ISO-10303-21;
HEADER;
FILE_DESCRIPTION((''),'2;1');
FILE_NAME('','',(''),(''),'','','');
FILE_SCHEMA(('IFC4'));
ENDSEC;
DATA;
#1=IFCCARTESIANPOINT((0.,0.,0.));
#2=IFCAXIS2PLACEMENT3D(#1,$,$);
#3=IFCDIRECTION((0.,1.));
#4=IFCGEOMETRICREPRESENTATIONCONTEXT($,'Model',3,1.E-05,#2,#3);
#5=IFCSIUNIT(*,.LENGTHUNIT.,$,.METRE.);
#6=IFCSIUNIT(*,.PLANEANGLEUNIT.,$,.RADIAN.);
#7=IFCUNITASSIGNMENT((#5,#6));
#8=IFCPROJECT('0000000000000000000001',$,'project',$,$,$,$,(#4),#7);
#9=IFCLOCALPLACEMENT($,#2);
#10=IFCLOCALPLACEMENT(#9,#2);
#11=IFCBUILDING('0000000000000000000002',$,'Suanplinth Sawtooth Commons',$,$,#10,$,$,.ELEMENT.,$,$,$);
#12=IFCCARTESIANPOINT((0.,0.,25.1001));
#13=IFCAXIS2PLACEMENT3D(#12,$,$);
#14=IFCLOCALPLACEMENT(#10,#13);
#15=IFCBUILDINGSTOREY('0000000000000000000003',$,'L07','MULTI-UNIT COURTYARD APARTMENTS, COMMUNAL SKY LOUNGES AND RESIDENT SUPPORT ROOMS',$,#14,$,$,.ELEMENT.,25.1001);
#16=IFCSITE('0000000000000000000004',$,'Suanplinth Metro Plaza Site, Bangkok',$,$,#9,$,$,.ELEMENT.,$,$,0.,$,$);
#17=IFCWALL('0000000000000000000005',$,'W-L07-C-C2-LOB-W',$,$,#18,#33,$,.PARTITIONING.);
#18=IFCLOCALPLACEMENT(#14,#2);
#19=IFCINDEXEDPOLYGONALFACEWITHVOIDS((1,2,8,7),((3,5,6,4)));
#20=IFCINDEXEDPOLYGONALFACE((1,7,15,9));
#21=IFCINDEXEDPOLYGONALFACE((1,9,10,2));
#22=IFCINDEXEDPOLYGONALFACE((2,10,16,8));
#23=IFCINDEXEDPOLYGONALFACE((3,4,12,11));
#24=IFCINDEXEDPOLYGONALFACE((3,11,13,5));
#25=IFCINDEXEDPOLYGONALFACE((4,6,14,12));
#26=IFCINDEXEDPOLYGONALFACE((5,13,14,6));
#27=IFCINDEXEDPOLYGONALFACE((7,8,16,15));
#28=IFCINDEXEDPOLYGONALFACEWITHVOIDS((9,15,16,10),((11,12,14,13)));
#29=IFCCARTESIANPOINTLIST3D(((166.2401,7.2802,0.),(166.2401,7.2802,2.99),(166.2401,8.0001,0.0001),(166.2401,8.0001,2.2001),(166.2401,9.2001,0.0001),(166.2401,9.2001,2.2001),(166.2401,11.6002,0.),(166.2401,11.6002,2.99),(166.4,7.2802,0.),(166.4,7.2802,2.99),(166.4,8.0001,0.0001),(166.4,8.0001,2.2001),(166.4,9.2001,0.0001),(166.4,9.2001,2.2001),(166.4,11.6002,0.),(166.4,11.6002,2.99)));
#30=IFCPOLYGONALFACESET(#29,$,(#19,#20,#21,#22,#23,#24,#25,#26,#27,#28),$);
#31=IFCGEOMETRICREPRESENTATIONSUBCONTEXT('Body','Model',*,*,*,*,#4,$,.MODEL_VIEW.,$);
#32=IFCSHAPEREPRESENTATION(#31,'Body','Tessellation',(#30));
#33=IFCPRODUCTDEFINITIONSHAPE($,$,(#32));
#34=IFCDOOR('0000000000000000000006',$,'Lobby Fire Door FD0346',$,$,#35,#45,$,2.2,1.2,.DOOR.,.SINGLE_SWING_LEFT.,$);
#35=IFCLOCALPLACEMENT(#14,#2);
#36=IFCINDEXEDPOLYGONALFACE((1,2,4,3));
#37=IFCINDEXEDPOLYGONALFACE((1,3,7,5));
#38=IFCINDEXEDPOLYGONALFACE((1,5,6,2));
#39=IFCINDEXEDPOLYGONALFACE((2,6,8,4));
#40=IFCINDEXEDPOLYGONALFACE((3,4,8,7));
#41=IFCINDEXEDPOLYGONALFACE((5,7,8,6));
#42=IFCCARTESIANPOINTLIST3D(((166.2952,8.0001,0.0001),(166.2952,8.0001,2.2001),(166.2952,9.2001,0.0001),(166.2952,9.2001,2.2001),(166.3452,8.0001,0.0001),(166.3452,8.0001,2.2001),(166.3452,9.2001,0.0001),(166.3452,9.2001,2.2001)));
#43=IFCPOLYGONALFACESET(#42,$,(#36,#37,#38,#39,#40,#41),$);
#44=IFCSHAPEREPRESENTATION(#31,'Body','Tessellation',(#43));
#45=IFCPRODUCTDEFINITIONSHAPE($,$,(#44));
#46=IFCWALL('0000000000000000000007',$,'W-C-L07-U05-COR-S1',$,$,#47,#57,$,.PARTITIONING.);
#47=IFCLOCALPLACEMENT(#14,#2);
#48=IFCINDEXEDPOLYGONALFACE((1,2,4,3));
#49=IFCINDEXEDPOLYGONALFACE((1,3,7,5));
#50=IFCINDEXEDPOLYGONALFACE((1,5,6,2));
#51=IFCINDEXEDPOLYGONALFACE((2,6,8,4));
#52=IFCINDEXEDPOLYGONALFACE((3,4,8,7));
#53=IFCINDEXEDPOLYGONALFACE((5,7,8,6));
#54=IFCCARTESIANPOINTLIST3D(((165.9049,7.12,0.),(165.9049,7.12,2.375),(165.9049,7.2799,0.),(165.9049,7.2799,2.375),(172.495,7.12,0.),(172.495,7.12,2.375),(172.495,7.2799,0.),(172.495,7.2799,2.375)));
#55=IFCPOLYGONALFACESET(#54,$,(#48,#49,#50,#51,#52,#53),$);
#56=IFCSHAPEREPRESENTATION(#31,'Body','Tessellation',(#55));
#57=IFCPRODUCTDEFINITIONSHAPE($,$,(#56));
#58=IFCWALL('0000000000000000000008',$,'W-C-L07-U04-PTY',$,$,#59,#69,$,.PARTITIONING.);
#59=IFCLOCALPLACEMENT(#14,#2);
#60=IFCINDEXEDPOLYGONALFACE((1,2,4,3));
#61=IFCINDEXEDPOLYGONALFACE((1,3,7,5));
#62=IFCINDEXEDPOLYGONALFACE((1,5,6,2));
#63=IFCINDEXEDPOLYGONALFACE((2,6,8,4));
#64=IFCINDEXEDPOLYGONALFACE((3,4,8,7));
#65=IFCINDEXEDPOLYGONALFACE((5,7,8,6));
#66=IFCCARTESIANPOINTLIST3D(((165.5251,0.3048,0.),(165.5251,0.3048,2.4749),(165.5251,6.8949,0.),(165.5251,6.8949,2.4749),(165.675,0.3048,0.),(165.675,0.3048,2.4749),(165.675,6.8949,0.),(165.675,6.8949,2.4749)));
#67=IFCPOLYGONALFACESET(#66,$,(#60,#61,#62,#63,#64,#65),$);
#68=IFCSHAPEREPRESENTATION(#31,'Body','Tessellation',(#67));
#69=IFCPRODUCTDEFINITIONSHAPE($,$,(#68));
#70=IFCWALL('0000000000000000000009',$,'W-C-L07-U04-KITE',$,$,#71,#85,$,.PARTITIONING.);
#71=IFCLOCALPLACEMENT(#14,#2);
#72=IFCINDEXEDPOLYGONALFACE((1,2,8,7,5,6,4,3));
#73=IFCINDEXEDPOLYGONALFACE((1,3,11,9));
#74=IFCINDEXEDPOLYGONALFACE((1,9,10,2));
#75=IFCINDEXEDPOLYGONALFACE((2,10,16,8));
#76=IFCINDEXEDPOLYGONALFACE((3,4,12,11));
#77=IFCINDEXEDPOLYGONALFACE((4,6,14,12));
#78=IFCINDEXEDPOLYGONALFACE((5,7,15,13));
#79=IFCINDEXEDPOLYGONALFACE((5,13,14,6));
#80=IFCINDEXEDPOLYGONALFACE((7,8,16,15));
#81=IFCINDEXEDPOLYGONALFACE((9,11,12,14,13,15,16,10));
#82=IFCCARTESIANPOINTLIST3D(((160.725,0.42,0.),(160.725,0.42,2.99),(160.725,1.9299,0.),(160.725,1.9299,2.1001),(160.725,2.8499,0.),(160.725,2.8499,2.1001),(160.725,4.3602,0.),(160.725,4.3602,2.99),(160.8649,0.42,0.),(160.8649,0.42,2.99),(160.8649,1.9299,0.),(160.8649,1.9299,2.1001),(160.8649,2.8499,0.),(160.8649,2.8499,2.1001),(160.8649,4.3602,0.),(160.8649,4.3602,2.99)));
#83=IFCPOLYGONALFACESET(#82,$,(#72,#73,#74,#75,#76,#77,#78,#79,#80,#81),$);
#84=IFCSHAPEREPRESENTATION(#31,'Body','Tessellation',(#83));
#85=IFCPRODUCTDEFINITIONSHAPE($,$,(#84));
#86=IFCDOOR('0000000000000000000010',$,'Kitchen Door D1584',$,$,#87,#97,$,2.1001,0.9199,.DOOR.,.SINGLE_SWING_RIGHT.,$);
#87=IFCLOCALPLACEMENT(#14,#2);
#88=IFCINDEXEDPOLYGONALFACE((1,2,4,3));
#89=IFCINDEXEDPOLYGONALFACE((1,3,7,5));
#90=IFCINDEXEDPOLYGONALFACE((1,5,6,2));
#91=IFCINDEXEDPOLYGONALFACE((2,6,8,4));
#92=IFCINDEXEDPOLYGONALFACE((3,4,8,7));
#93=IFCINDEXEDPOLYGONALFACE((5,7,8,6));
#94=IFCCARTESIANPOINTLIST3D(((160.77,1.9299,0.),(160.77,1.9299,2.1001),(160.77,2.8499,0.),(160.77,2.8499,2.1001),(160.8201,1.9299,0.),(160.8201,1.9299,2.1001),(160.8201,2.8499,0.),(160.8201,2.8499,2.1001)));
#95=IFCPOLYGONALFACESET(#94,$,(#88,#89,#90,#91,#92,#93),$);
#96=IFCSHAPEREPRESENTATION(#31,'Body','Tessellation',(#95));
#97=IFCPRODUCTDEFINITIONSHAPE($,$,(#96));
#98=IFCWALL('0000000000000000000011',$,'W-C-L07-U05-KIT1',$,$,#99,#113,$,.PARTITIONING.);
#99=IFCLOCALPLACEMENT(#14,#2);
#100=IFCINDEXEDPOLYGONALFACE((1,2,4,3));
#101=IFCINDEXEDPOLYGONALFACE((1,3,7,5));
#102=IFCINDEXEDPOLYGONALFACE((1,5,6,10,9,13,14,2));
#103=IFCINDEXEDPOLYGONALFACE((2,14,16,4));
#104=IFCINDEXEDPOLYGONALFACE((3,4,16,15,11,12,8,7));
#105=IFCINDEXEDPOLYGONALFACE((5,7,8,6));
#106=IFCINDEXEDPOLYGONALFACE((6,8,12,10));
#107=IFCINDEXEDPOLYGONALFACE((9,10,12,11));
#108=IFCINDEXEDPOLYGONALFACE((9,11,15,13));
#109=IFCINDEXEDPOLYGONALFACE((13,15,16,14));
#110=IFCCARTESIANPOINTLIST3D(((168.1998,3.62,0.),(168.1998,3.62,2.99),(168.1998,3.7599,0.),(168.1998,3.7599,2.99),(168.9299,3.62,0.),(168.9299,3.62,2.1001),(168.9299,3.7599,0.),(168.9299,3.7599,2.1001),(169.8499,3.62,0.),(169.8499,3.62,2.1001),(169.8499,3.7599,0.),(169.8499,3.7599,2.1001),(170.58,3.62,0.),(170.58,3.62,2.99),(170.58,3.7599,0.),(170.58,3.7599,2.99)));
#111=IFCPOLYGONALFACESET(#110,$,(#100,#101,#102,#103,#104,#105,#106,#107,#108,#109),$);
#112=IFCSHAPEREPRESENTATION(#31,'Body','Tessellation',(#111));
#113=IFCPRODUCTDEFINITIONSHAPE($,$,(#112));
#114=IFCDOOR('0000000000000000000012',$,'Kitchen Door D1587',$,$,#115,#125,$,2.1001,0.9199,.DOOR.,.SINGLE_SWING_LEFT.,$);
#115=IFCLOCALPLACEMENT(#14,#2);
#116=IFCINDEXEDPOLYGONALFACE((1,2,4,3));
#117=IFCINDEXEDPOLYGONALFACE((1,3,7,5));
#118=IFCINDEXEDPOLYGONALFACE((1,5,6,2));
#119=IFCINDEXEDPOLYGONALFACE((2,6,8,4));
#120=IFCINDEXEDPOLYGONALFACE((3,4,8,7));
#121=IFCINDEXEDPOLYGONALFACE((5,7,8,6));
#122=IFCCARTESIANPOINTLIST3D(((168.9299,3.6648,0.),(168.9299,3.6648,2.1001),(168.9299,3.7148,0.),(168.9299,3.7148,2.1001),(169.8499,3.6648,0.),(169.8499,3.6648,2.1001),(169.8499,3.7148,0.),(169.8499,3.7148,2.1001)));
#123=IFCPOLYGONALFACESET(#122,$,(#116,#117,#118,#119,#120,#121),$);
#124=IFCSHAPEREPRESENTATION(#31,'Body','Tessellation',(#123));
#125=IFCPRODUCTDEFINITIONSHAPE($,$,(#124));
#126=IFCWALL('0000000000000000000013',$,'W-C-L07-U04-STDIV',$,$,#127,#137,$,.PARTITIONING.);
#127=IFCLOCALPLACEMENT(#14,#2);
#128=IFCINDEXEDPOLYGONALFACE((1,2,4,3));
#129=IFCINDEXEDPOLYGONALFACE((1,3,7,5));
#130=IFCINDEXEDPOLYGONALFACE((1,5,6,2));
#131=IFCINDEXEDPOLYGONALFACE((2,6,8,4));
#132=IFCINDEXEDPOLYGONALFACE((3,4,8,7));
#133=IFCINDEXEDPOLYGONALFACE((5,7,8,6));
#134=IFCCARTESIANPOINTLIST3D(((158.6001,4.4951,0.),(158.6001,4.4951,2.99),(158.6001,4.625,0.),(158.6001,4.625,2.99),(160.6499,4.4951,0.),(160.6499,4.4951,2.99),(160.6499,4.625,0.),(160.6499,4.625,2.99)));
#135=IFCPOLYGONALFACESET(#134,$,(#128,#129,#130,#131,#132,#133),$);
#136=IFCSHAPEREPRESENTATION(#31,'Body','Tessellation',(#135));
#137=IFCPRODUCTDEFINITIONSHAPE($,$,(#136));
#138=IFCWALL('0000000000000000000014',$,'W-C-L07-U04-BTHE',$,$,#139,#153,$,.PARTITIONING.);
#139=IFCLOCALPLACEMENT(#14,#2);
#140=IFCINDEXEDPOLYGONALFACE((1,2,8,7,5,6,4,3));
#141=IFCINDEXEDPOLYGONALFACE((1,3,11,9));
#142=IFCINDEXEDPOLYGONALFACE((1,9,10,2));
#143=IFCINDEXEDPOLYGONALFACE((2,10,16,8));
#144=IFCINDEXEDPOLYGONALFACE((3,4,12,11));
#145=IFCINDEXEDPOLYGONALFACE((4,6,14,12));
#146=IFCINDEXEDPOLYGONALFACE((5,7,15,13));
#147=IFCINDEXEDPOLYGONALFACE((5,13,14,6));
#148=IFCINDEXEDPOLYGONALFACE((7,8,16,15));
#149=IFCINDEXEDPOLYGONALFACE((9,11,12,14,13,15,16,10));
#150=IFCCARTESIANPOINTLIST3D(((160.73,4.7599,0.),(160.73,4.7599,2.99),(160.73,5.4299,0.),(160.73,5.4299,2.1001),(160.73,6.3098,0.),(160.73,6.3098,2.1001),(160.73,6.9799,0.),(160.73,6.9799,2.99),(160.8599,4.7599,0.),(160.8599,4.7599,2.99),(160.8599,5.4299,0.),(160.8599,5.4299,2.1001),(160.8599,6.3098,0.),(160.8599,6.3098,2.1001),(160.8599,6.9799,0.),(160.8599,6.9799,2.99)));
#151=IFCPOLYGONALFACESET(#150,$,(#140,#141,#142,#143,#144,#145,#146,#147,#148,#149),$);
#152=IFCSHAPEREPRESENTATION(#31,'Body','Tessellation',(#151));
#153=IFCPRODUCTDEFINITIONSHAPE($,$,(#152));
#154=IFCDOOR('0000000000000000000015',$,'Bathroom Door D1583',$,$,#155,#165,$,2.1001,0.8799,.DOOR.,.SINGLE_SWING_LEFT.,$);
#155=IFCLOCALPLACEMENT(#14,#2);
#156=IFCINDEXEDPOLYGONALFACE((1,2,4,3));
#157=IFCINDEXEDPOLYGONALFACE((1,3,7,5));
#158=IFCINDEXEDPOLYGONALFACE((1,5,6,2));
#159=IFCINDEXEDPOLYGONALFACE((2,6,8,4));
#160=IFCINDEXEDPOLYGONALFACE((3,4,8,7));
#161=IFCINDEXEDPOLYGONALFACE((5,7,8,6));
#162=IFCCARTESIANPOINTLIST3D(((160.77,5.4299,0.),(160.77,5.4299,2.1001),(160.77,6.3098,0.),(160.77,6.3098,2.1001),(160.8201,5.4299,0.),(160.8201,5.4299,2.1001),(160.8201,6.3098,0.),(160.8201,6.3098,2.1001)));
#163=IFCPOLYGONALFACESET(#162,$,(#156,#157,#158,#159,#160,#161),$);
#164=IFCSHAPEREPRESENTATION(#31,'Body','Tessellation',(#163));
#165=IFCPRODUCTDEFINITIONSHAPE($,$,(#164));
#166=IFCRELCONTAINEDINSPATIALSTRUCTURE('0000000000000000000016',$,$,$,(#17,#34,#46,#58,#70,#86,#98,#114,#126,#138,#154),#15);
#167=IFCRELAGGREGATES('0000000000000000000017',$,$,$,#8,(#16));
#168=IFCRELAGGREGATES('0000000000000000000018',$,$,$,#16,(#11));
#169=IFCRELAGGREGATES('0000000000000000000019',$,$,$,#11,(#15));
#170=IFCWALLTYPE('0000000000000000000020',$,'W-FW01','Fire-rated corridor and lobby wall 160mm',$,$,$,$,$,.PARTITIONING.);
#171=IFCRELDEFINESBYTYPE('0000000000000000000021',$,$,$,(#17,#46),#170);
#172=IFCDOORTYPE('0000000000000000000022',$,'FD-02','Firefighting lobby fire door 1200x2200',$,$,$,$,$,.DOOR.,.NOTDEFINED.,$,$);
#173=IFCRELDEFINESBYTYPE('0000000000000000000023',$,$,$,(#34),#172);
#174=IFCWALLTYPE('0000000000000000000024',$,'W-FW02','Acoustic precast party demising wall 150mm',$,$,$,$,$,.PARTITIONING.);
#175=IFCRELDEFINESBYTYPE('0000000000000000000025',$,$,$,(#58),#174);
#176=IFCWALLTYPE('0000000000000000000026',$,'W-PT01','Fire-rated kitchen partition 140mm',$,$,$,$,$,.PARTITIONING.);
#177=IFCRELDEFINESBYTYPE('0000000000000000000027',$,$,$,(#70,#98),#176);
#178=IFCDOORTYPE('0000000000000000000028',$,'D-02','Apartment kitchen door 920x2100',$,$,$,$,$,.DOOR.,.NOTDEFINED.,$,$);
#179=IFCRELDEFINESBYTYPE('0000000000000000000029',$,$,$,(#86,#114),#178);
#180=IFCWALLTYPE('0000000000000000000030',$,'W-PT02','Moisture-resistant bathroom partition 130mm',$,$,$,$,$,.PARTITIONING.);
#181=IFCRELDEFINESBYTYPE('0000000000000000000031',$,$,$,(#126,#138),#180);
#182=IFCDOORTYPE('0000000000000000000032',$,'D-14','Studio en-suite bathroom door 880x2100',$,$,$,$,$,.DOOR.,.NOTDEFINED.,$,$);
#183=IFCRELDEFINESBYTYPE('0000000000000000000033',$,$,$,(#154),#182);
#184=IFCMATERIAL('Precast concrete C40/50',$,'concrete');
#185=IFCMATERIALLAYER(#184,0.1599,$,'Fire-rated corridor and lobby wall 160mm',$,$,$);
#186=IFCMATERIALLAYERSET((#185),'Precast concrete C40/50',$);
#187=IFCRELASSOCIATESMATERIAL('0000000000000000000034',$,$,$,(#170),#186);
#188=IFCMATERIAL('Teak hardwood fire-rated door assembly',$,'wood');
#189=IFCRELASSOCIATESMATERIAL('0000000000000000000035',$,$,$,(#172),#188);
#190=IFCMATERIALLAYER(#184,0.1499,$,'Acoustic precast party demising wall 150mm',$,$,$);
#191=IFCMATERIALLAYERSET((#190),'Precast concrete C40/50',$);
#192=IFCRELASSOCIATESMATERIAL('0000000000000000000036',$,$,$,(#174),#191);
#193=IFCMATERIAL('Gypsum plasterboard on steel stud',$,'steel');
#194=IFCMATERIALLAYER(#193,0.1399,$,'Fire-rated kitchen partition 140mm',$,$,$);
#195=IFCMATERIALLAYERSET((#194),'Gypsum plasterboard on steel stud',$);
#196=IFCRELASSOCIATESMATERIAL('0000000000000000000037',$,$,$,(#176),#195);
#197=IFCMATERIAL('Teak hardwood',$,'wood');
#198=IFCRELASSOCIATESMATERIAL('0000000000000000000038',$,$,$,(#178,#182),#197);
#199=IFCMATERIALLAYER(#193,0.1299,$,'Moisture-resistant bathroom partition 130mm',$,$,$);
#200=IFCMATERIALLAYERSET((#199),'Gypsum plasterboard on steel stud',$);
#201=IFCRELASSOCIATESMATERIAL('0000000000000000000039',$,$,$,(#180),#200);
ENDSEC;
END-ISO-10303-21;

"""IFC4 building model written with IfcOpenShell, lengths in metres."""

from ifc_helpers import new_model, si_unit, direction, frame, frame_2d, origin, place, context, subcontext, project, spatial, rectangle, extrude, material, layer, layer_set, type_object, element, fill, save


model = new_model("IFC4")

# Units and contexts
model_context = context("Model", 3, precision=1e-05, world=origin(), true_north=direction((0.0, 1.0)))
body_context = subcontext(model_context, "Body", "Model", "MODEL_VIEW")
ifc_project = project(units=[si_unit("LENGTHUNIT", "METRE"), si_unit("PLANEANGLEUNIT", "RADIAN")], contexts=[model_context])

# Site, building, storey
site_placement = place(None, origin())
site = spatial("IfcSite", under=ifc_project, at=site_placement, Name="Suanplinth Metro Plaza Site, Bangkok", CompositionType="ELEMENT", RefElevation=0.0)
building_placement = place(site_placement, origin())
building = spatial("IfcBuilding", under=site, at=building_placement, Name="Suanplinth Sawtooth Commons", CompositionType="ELEMENT")
storey_placement = place(building_placement, frame((0.0, 0.0, 25.1001)))
storey = spatial("IfcBuildingStorey", under=building, at=storey_placement, Name="L07", Description="MULTI-UNIT COURTYARD APARTMENTS, COMMUNAL SKY LOUNGES AND RESIDENT SUPPORT ROOMS", CompositionType="ELEMENT", Elevation=25.1001)

# Shared definitions
ifc_material_1 = material(Name="Precast concrete C40/50", Category="concrete")

# Shared definitions
ifc_material_2 = material(Name="Teak hardwood fire-rated door assembly", Category="wood")

# Wall, opening, door
ifc_layer_1 = layer(ifc_material_1, 0.1599, Name="Fire-rated corridor and lobby wall 160mm")
ifc_layer_set_1 = layer_set([ifc_layer_1], Name="Precast concrete C40/50")
wall_type_1 = type_object("IfcWallType", Name="W-FW01", Description="Fire-rated corridor and lobby wall 160mm", PredefinedType="PARTITIONING", material=ifc_layer_set_1)
wall_1_placement = place(storey_placement, frame((166.3201, 7.28, 0.0), z_axis=(0.0, 0.0, 1.0), x_axis=(0.0, 1.0, 0.0)))
wall_1 = element("IfcWall", 1, at=wall_1_placement, inside=storey, type_object=wall_type_1, Name="W-L07-C-C2-LOB-W", PredefinedType="PARTITIONING", context=body_context, shape_type="SweptSolid", body=[
    extrude(rectangle(XDim=4.3201, YDim=0.1599, at=frame_2d((2.1602, 0.0))), origin(), (0.0, 0.0, 1.0), 2.99),
])
opening_1_placement = place(wall_1_placement, frame((0.72, 0.0, 0.0)))
opening_1 = element("IfcOpeningElement", 2, at=opening_1_placement, cuts=wall_1, PredefinedType="OPENING", context=body_context, shape_type="SweptSolid", body=[
    extrude(rectangle(XDim=1.2, YDim=2.2, at=frame_2d((0.6001, 1.1001))), frame((0.0, 0.0947, 0.0), z_axis=(0.0, -1.0, 0.0), x_axis=(1.0, 0.0, 0.0)), (0.0, 0.0, 1.0), 0.1897),
])
door_type_1 = type_object("IfcDoorType", Name="FD-02", Description="Firefighting lobby fire door 1200x2200", OperationType="NOTDEFINED", PredefinedType="DOOR", material=ifc_material_2)
door_1_placement = place(opening_1_placement, origin())
door_1 = element("IfcDoor", 3, at=door_1_placement, inside=storey, type_object=door_type_1, Name="Lobby Fire Door FD0346", OperationType="SINGLE_SWING_LEFT", OverallHeight=2.2, OverallWidth=1.2, PredefinedType="DOOR", context=body_context, shape_type="SweptSolid", body=[
    extrude(rectangle(XDim=1.2, YDim=2.2, at=frame_2d((0.6001, 1.1001))), frame((0.0, 0.0249, 0.0), z_axis=(0.0, -1.0, 0.0), x_axis=(1.0, 0.0, 0.0)), (0.0, 0.0, 1.0), 0.05),
])
fill(opening_1, door_1)

# Walls
wall_2_placement = place(storey_placement, frame((165.905, 7.2, 0.0), z_axis=(0.0, 0.0, 1.0), x_axis=(1.0, 0.0, 0.0)))
element("IfcWall", 4, at=wall_2_placement, inside=storey, type_object=wall_type_1, Name="W-C-L07-U05-COR-S1", PredefinedType="PARTITIONING", context=body_context, shape_type="SweptSolid", body=[
    extrude(rectangle(XDim=6.5901, YDim=0.1599, at=frame_2d((3.2949, 0.0))), origin(), (0.0, 0.0, 1.0), 2.375),
])
ifc_layer_2 = layer(ifc_material_1, 0.1499, Name="Acoustic precast party demising wall 150mm")
ifc_layer_set_2 = layer_set([ifc_layer_2], Name="Precast concrete C40/50")
wall_type_2 = type_object("IfcWallType", Name="W-FW02", Description="Acoustic precast party demising wall 150mm", PredefinedType="PARTITIONING", material=ifc_layer_set_2)
wall_3_placement = place(storey_placement, frame((165.6001, 0.3049, 0.0), z_axis=(0.0, 0.0, 1.0), x_axis=(0.0, 1.0, 0.0)))
element("IfcWall", 5, at=wall_3_placement, inside=storey, type_object=wall_type_2, Name="W-C-L07-U04-PTY", PredefinedType="PARTITIONING", context=body_context, shape_type="SweptSolid", body=[
    extrude(rectangle(XDim=6.5901, YDim=0.1499, at=frame_2d((3.2949, 0.0))), origin(), (0.0, 0.0, 1.0), 2.4749),
])

# Walls, openings, doors
ifc_material_3 = material(Name="Gypsum plasterboard on steel stud", Category="steel")
ifc_layer_3 = layer(ifc_material_3, 0.1399, Name="Fire-rated kitchen partition 140mm")
ifc_layer_set_3 = layer_set([ifc_layer_3], Name="Gypsum plasterboard on steel stud")
wall_type_3 = type_object("IfcWallType", Name="W-PT01", Description="Fire-rated kitchen partition 140mm", PredefinedType="PARTITIONING", material=ifc_layer_set_3)
wall_4_placement = place(storey_placement, frame((160.7949, 0.4199, 0.0), z_axis=(0.0, 0.0, 1.0), x_axis=(0.0, 1.0, 0.0)))
wall_4 = element("IfcWall", 6, at=wall_4_placement, inside=storey, type_object=wall_type_3, Name="W-C-L07-U04-KITE", PredefinedType="PARTITIONING", context=body_context, shape_type="SweptSolid", body=[
    extrude(rectangle(XDim=3.9402, YDim=0.1399, at=frame_2d((1.9702, 0.0))), origin(), (0.0, 0.0, 1.0), 2.99),
])
opening_2_placement = place(wall_4_placement, frame((1.51, 0.0, 0.0)))
opening_2 = element("IfcOpeningElement", 7, at=opening_2_placement, cuts=wall_4, PredefinedType="OPENING", context=body_context, shape_type="SweptSolid", body=[
    extrude(rectangle(XDim=0.9199, YDim=2.1001, at=frame_2d((0.46, 1.05))), frame((0.0, 0.085, 0.0), z_axis=(0.0, -1.0, 0.0), x_axis=(1.0, 0.0, 0.0)), (0.0, 0.0, 1.0), 0.1697),
])
ifc_material_4 = material(Name="Teak hardwood", Category="wood")
door_type_2 = type_object("IfcDoorType", Name="D-02", Description="Apartment kitchen door 920x2100", OperationType="NOTDEFINED", PredefinedType="DOOR", material=ifc_material_4)
door_2_placement = place(opening_2_placement, origin())
door_2 = element("IfcDoor", 8, at=door_2_placement, inside=storey, type_object=door_type_2, Name="Kitchen Door D1584", OperationType="SINGLE_SWING_RIGHT", OverallHeight=2.1001, OverallWidth=0.9199, PredefinedType="DOOR", context=body_context, shape_type="SweptSolid", body=[
    extrude(rectangle(XDim=0.9199, YDim=2.1001, at=frame_2d((0.46, 1.05))), frame((0.0, 0.0249, 0.0), z_axis=(0.0, -1.0, 0.0), x_axis=(1.0, 0.0, 0.0)), (0.0, 0.0, 1.0), 0.05),
])
fill(opening_2, door_2)
wall_5_placement = place(storey_placement, frame((168.2, 3.6899, 0.0), z_axis=(0.0, 0.0, 1.0), x_axis=(1.0, 0.0, 0.0)))
wall_5 = element("IfcWall", 9, at=wall_5_placement, inside=storey, type_object=wall_type_3, Name="W-C-L07-U05-KIT1", PredefinedType="PARTITIONING", context=body_context, shape_type="SweptSolid", body=[
    extrude(rectangle(XDim=2.3801, YDim=0.1399, at=frame_2d((1.1899, 0.0))), origin(), (0.0, 0.0, 1.0), 2.99),
])
opening_3_placement = place(wall_5_placement, frame((0.73, 0.0, 0.0)))
opening_3 = element("IfcOpeningElement", 10, at=opening_3_placement, cuts=wall_5, PredefinedType="OPENING", context=body_context, shape_type="SweptSolid", body=[
    extrude(rectangle(XDim=0.9199, YDim=2.1001, at=frame_2d((0.46, 1.05))), frame((0.0, 0.085, 0.0), z_axis=(0.0, -1.0, 0.0), x_axis=(1.0, 0.0, 0.0)), (0.0, 0.0, 1.0), 0.1697),
])
door_3_placement = place(opening_3_placement, origin())
door_3 = element("IfcDoor", 11, at=door_3_placement, inside=storey, type_object=door_type_2, Name="Kitchen Door D1587", OperationType="SINGLE_SWING_LEFT", OverallHeight=2.1001, OverallWidth=0.9199, PredefinedType="DOOR", context=body_context, shape_type="SweptSolid", body=[
    extrude(rectangle(XDim=0.9199, YDim=2.1001, at=frame_2d((0.46, 1.05))), frame((0.0, 0.0249, 0.0), z_axis=(0.0, -1.0, 0.0), x_axis=(1.0, 0.0, 0.0)), (0.0, 0.0, 1.0), 0.05),
])
fill(opening_3, door_3)

# Wall
ifc_layer_4 = layer(ifc_material_3, 0.1299, Name="Moisture-resistant bathroom partition 130mm")
ifc_layer_set_4 = layer_set([ifc_layer_4], Name="Gypsum plasterboard on steel stud")
wall_type_4 = type_object("IfcWallType", Name="W-PT02", Description="Moisture-resistant bathroom partition 130mm", PredefinedType="PARTITIONING", material=ifc_layer_set_4)
wall_6_placement = place(storey_placement, frame((158.6001, 4.5601, 0.0), z_axis=(0.0, 0.0, 1.0), x_axis=(1.0, 0.0, 0.0)))
element("IfcWall", 12, at=wall_6_placement, inside=storey, type_object=wall_type_4, Name="W-C-L07-U04-STDIV", PredefinedType="PARTITIONING", context=body_context, shape_type="SweptSolid", body=[
    extrude(rectangle(XDim=2.0498, YDim=0.1299, at=frame_2d((1.0249, 0.0))), origin(), (0.0, 0.0, 1.0), 2.99),
])

# Wall, opening, door
wall_7_placement = place(storey_placement, frame((160.7949, 4.76, 0.0), z_axis=(0.0, 0.0, 1.0), x_axis=(0.0, 1.0, 0.0)))
wall_7 = element("IfcWall", 13, at=wall_7_placement, inside=storey, type_object=wall_type_4, Name="W-C-L07-U04-BTHE", PredefinedType="PARTITIONING", context=body_context, shape_type="SweptSolid", body=[
    extrude(rectangle(XDim=2.22, YDim=0.1299, at=frame_2d((1.1099, 0.0))), origin(), (0.0, 0.0, 1.0), 2.99),
])
opening_4_placement = place(wall_7_placement, frame((0.6699, 0.0, 0.0)))
opening_4 = element("IfcOpeningElement", 14, at=opening_4_placement, cuts=wall_7, PredefinedType="OPENING", context=body_context, shape_type="SweptSolid", body=[
    extrude(rectangle(XDim=0.8799, YDim=2.1001, at=frame_2d((0.4399, 1.05))), frame((0.0, 0.0798, 0.0), z_axis=(0.0, -1.0, 0.0), x_axis=(1.0, 0.0, 0.0)), (0.0, 0.0, 1.0), 0.1597),
])
door_type_3 = type_object("IfcDoorType", Name="D-14", Description="Studio en-suite bathroom door 880x2100", OperationType="NOTDEFINED", PredefinedType="DOOR", material=ifc_material_4)
door_4_placement = place(opening_4_placement, origin())
door_4 = element("IfcDoor", 15, at=door_4_placement, inside=storey, type_object=door_type_3, Name="Bathroom Door D1583", OperationType="SINGLE_SWING_LEFT", OverallHeight=2.1001, OverallWidth=0.8799, PredefinedType="DOOR", context=body_context, shape_type="SweptSolid", body=[
    extrude(rectangle(XDim=0.8799, YDim=2.1001, at=frame_2d((0.4399, 1.05))), frame((0.0, 0.0249, 0.0), z_axis=(0.0, -1.0, 0.0), x_axis=(1.0, 0.0, 0.0)), (0.0, 0.0, 1.0), 0.05),
])
fill(opening_4, door_4)

save(model, "model.ifc")
